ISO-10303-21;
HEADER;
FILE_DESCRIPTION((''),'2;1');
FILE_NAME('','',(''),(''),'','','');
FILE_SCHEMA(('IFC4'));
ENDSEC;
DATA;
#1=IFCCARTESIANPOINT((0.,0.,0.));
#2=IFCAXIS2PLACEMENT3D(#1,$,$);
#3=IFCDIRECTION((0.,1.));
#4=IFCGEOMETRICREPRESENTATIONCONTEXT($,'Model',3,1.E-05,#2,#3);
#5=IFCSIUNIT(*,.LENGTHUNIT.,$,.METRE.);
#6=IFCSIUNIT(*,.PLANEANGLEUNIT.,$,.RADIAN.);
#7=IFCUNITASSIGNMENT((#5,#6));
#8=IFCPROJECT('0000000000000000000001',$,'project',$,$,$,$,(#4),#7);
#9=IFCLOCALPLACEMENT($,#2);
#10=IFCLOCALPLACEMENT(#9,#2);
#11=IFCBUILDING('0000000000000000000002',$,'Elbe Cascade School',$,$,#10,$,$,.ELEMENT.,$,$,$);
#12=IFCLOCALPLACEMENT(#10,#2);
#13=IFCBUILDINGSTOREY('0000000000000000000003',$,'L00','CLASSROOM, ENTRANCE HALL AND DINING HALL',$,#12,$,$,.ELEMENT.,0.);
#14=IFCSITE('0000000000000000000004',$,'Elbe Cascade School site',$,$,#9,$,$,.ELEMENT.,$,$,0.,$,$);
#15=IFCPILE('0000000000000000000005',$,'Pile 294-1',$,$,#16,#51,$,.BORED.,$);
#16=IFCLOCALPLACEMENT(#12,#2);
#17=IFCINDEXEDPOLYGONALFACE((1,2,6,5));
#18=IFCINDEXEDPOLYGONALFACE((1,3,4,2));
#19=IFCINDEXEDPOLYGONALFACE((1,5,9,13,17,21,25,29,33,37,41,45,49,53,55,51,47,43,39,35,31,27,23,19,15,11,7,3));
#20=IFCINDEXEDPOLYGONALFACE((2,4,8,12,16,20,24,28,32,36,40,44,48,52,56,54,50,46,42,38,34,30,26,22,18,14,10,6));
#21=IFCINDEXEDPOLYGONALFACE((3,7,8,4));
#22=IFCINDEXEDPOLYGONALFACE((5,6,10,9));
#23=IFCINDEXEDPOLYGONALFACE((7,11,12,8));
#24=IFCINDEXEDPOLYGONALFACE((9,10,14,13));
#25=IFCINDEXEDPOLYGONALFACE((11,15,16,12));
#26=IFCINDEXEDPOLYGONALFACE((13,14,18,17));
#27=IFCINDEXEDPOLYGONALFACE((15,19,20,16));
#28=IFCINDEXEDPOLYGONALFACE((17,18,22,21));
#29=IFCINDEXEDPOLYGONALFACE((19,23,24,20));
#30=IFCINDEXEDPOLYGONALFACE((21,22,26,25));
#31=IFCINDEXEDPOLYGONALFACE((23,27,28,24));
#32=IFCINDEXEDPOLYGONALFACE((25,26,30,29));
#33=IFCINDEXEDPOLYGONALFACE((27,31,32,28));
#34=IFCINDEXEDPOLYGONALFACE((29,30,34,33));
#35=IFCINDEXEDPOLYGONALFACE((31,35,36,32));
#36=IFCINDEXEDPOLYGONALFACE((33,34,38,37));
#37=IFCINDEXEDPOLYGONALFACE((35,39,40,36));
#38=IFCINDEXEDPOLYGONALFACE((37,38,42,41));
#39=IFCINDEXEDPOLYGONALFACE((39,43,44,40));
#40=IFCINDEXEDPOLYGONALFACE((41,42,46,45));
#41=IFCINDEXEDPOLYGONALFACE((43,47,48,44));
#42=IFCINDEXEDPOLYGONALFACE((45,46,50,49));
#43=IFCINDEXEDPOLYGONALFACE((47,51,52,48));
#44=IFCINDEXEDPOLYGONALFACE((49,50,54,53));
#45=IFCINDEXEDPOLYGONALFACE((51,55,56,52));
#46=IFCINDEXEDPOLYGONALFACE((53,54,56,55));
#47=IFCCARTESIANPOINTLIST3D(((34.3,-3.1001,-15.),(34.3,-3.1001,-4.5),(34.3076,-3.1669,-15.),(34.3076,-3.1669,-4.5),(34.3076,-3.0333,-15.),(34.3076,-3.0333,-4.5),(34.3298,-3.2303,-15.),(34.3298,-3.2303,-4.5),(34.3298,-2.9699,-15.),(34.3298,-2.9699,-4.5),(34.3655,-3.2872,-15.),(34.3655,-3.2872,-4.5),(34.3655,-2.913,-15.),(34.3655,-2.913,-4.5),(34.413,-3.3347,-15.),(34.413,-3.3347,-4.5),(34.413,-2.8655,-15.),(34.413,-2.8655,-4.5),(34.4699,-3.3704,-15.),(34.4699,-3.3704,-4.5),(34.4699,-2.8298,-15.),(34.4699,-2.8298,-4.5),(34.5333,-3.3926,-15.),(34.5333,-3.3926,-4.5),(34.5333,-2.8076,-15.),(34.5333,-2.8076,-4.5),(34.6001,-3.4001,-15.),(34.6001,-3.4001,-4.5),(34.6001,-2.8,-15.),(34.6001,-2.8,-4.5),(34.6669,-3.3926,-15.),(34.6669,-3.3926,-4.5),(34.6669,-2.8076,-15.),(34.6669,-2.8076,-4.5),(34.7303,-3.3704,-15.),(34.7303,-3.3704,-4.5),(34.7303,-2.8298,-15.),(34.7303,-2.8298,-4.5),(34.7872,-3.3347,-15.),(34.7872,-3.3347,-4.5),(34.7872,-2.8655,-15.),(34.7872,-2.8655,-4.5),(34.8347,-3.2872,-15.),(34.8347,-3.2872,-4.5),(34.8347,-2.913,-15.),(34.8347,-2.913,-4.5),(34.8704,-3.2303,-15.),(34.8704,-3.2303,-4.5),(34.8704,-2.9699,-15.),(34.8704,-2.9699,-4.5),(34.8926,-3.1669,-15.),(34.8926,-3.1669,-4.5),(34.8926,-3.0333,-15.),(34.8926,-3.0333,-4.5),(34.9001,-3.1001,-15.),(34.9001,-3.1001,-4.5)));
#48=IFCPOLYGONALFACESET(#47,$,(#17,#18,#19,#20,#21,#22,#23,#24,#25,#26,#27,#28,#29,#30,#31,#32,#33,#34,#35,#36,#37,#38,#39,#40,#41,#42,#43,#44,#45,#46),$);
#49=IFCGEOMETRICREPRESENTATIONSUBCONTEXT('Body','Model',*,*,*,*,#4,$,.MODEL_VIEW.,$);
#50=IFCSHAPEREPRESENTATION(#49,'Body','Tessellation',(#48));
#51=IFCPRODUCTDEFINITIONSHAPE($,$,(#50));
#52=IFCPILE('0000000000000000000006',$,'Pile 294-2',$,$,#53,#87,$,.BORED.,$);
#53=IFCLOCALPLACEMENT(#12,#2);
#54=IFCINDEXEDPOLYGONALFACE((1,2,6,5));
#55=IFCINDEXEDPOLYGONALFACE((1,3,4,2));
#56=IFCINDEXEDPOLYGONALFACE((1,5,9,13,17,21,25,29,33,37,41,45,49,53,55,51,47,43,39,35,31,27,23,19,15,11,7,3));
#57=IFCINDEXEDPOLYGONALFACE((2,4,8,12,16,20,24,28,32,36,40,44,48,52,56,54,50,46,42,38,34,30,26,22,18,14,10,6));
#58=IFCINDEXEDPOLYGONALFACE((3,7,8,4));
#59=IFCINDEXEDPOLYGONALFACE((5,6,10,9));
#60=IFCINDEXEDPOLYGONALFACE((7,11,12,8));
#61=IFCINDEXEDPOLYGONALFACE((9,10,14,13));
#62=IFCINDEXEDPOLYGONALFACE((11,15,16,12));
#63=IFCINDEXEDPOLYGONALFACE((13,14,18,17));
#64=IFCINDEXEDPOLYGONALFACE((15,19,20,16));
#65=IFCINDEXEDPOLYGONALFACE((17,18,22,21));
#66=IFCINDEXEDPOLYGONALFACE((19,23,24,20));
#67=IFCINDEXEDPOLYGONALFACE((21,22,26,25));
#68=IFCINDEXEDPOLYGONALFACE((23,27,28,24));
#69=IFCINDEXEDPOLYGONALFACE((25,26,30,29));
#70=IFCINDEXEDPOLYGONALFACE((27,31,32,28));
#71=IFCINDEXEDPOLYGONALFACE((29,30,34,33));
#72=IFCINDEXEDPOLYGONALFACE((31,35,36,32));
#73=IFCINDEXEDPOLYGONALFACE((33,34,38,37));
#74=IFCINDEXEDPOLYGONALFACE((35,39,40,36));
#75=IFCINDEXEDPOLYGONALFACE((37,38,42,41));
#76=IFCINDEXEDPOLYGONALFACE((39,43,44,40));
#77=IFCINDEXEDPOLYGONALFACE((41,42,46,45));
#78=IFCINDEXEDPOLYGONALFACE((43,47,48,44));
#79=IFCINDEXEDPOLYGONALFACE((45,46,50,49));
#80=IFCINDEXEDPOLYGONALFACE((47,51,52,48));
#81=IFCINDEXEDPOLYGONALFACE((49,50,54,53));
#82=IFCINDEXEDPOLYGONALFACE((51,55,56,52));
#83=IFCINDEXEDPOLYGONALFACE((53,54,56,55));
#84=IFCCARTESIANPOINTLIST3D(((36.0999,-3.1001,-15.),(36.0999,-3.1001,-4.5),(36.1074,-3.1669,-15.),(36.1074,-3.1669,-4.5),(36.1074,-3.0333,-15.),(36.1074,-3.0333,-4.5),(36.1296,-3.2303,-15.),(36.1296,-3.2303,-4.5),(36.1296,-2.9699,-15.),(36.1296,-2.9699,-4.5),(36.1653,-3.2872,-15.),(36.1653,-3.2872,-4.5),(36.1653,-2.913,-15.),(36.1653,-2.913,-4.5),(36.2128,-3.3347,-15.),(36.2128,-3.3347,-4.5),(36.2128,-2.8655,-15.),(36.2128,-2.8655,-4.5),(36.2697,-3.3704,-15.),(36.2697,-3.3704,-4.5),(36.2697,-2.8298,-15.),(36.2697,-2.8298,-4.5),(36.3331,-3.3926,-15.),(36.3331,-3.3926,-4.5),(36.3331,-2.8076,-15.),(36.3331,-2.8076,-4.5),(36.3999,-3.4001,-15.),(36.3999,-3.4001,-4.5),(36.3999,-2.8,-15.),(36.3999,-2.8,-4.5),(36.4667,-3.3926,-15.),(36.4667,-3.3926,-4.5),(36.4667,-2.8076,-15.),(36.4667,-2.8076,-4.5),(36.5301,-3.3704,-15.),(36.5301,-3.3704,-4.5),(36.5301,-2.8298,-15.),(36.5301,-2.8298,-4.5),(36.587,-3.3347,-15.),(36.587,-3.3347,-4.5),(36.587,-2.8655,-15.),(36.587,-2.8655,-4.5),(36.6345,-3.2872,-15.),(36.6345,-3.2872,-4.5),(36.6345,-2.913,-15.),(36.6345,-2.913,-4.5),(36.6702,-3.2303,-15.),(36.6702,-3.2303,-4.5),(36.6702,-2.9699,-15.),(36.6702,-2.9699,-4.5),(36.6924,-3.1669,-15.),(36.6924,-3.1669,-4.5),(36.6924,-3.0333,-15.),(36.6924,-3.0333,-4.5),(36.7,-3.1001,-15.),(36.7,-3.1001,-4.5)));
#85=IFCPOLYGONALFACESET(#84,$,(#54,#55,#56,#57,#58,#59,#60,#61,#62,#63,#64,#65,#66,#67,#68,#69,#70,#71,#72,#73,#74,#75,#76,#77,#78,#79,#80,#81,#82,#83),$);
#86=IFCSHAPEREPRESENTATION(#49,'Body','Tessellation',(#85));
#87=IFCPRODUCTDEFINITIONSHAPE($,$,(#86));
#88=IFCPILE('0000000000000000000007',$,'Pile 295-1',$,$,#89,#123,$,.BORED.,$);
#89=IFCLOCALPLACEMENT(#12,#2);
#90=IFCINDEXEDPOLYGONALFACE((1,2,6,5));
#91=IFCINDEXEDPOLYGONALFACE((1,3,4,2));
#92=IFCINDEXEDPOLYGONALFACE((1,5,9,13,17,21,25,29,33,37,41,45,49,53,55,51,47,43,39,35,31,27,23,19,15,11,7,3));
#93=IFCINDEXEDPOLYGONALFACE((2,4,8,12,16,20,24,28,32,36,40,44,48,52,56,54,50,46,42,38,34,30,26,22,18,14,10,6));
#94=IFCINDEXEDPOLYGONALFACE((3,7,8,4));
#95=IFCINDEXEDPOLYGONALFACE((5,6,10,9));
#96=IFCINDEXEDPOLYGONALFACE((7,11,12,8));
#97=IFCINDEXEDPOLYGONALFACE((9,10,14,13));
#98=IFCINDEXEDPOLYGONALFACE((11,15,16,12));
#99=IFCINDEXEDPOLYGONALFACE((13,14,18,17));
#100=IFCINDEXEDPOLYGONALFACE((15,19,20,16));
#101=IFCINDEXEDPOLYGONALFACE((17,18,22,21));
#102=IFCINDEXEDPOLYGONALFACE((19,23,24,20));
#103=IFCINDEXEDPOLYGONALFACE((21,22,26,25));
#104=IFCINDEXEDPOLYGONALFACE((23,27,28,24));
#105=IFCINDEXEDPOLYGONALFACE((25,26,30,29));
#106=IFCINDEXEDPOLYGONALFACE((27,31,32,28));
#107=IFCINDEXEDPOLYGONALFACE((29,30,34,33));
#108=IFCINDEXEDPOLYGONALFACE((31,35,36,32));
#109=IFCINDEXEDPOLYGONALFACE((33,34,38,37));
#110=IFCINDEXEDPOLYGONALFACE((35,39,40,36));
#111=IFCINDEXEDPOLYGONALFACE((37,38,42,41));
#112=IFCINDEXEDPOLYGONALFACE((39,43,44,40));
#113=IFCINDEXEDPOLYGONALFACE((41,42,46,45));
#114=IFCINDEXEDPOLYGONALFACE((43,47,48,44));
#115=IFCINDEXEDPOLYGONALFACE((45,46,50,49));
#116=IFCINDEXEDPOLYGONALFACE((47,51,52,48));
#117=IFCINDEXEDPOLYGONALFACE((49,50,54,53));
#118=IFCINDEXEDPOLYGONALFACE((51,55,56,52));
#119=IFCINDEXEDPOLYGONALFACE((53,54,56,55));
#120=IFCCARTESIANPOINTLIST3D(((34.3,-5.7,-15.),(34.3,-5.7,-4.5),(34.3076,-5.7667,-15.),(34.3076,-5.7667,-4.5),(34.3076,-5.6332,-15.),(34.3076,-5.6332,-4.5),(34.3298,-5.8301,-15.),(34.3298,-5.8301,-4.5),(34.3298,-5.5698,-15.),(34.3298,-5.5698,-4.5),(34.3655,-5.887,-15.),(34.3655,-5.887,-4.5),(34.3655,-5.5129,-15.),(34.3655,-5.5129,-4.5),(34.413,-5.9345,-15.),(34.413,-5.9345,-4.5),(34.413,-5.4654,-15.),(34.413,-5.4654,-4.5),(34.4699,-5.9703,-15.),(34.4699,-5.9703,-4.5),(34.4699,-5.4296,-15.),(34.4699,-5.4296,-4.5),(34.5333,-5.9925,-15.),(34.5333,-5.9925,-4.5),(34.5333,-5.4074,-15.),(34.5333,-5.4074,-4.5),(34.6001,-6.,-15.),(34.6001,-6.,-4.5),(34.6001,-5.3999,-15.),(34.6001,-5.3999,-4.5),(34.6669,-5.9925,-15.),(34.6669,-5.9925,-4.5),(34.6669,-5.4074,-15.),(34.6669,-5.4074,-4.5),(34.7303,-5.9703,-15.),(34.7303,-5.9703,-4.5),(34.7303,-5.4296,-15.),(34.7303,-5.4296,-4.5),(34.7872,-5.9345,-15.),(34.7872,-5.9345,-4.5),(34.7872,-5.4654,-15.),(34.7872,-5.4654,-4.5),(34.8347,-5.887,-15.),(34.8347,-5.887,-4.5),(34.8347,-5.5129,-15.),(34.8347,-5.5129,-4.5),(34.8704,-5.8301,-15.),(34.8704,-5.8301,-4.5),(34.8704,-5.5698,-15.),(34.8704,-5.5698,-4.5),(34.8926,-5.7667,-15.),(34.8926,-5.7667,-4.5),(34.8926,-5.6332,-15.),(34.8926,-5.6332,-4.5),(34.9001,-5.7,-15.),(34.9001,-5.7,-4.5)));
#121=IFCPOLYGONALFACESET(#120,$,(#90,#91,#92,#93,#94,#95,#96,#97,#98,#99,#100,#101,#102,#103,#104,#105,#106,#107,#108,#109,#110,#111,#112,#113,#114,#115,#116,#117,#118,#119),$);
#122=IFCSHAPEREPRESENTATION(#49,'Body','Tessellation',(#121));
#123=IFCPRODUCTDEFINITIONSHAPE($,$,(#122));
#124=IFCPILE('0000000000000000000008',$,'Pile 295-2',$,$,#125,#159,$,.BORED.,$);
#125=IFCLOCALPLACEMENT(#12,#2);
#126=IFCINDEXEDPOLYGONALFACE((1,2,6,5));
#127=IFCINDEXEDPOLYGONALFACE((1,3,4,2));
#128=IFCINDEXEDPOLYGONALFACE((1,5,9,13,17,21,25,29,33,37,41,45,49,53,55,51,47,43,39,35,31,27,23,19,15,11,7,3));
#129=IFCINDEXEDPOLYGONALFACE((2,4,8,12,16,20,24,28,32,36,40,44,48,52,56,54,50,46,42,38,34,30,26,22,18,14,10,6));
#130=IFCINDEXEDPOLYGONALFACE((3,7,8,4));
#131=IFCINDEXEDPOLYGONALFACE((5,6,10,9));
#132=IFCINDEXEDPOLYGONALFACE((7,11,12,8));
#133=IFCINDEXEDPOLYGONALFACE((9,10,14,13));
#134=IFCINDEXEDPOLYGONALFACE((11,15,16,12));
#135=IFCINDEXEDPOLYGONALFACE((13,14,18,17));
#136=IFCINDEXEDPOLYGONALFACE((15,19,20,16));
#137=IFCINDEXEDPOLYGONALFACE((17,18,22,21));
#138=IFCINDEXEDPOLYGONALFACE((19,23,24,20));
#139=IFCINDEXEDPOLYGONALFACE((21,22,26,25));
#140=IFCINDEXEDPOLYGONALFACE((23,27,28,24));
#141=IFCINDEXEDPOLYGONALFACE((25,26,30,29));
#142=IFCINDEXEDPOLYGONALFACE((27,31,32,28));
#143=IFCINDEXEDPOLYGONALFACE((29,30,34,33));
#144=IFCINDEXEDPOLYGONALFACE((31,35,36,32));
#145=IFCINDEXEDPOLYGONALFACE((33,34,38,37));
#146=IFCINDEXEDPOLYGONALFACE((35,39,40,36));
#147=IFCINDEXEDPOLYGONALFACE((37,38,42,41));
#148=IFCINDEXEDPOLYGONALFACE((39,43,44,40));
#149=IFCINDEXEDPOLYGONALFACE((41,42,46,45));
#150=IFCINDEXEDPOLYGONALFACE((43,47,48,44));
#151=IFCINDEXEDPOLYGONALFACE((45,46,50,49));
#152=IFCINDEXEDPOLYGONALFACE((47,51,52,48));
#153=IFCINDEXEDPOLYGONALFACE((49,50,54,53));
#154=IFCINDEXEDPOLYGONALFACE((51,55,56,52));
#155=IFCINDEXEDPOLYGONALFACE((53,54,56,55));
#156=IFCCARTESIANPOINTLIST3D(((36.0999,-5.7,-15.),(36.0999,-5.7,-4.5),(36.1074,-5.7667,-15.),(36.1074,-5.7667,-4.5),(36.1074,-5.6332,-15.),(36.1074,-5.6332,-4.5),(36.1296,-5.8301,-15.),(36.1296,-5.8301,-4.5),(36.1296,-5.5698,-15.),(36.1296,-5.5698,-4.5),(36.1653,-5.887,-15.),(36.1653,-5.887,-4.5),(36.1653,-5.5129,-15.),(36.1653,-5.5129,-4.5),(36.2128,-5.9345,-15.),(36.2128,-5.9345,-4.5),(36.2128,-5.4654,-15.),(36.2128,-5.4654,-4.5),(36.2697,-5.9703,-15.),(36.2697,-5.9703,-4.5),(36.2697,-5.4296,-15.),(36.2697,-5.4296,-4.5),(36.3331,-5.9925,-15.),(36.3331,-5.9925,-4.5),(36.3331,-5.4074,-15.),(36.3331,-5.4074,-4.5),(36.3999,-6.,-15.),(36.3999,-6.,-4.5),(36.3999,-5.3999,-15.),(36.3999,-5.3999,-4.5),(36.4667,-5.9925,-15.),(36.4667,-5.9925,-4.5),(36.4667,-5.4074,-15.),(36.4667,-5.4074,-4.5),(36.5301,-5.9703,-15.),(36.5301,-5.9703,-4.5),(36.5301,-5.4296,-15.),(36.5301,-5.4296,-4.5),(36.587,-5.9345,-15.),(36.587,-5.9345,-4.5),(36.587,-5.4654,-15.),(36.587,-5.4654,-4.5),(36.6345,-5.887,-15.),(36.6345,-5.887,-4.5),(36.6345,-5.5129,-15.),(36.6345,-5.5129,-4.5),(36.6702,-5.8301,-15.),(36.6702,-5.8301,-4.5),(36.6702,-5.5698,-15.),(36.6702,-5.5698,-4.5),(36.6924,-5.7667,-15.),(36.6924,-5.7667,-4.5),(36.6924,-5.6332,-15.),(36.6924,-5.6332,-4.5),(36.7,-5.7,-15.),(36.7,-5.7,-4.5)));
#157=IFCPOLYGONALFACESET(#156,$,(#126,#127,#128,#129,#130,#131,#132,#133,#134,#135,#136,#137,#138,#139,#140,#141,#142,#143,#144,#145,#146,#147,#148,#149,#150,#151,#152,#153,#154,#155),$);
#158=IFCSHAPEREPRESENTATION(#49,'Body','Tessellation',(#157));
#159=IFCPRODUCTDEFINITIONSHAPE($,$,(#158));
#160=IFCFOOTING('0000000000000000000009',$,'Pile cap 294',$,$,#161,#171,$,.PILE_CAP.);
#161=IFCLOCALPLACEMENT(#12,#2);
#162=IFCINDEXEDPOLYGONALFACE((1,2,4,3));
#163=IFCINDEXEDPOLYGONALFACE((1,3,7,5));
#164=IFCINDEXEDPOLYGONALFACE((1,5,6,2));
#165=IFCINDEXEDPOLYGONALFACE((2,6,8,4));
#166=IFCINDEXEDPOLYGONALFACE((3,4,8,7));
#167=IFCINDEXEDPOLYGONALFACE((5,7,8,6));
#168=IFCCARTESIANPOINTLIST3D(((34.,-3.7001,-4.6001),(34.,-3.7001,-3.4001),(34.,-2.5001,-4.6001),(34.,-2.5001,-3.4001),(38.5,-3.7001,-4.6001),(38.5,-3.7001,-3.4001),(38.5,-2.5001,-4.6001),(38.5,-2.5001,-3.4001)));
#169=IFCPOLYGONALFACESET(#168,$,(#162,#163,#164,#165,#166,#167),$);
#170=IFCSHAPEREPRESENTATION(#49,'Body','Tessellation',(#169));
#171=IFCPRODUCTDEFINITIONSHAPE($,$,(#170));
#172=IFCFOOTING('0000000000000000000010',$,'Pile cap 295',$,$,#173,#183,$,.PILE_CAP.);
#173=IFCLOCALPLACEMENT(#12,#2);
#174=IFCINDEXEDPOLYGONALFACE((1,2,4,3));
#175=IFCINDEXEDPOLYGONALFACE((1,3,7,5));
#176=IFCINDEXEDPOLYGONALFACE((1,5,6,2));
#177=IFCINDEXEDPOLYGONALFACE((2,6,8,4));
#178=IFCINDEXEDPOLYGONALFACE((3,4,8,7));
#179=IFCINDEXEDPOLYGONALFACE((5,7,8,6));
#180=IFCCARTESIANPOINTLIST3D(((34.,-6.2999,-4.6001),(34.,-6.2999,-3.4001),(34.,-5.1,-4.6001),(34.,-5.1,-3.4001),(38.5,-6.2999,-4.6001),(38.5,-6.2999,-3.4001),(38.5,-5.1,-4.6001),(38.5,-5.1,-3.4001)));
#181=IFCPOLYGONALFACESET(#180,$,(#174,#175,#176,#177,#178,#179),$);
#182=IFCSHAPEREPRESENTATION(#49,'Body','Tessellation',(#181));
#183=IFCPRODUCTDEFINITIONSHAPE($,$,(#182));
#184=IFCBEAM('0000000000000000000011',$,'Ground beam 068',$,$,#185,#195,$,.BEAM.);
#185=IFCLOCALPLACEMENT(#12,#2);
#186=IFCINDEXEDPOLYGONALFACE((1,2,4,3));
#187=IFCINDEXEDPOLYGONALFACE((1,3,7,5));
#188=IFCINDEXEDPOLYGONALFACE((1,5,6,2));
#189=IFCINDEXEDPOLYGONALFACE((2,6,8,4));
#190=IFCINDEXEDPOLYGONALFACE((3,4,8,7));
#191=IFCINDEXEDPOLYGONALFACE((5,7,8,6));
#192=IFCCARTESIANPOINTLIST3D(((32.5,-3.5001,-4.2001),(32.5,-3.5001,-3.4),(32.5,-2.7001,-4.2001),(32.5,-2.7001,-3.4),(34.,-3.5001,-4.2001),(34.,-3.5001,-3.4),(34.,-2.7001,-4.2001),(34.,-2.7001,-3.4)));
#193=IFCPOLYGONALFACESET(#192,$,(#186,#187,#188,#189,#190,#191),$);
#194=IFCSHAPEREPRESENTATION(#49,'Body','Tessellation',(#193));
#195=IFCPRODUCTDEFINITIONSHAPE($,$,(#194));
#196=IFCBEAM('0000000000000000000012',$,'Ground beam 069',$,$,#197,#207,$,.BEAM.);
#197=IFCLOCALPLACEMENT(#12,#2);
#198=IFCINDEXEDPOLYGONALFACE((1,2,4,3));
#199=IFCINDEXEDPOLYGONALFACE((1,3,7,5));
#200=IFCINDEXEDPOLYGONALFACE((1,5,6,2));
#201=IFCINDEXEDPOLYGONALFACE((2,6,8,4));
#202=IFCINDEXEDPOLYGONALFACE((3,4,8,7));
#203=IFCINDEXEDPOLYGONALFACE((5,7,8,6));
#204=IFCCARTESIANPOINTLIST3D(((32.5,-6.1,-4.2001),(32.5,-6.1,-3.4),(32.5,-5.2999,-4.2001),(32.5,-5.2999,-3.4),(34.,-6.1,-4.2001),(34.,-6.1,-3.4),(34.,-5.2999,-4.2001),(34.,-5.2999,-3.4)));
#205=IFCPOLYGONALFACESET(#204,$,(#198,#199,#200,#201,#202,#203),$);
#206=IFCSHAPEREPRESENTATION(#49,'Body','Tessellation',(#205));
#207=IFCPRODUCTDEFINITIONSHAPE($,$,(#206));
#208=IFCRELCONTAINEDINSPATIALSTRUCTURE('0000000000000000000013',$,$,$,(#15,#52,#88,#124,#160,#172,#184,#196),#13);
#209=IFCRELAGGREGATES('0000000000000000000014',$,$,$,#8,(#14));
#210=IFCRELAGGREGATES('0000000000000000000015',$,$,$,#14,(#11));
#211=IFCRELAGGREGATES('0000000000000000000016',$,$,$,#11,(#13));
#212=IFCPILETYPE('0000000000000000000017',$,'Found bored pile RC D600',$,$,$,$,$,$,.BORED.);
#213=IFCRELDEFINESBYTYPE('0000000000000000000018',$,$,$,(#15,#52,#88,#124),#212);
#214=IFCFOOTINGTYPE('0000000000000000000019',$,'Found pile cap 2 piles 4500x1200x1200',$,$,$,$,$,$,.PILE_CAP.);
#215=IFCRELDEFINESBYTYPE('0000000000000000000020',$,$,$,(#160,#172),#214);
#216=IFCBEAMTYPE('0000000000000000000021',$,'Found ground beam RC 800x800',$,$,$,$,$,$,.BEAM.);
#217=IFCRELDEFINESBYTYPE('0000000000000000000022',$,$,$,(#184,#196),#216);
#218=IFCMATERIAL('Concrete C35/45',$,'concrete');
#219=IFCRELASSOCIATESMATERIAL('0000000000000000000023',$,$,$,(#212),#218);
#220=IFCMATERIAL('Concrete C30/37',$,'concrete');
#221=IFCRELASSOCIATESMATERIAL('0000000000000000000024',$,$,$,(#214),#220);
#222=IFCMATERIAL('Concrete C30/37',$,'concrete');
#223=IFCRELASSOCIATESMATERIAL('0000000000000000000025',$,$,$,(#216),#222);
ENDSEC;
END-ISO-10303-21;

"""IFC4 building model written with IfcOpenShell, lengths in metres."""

from ifc_helpers import new_model, si_unit, direction, frame, origin, origin_2d, place, context, subcontext, project, spatial, rectangle, circle, extrude, material, material_profile, profile_set, type_object, element, save


model = new_model("IFC4")

# Units and contexts
model_context = context("Model", 3, precision=1e-05, world=origin(), true_north=direction((0.0, 1.0)))
body_context = subcontext(model_context, "Body", "Model", "MODEL_VIEW")
ifc_project = project(units=[si_unit("LENGTHUNIT", "METRE"), si_unit("PLANEANGLEUNIT", "RADIAN")], contexts=[model_context])

# Site, building, storey
site_placement = place(None, origin())
site = spatial("IfcSite", under=ifc_project, at=site_placement, Name="Elbe Cascade School site", CompositionType="ELEMENT", RefElevation=0.0)
building_placement = place(site_placement, origin())
building = spatial("IfcBuilding", under=site, at=building_placement, Name="Elbe Cascade School", CompositionType="ELEMENT")
storey_placement = place(building_placement, origin())
storey = spatial("IfcBuildingStorey", under=building, at=storey_placement, Name="L00", Description="CLASSROOM, ENTRANCE HALL AND DINING HALL", CompositionType="ELEMENT", Elevation=0.0)

# Piles
ifc_material_1 = material(Name="Concrete C35/45", Category="concrete")
ifc_material_profile_1 = material_profile(ifc_material_1, circle(Radius=0.3, at=origin_2d()), Name="RC D600")
ifc_profile_set_1 = profile_set([ifc_material_profile_1], Name="Concrete C35/45")
pile_type = type_object("IfcPileType", Name="Found bored pile RC D600", PredefinedType="BORED", material=ifc_profile_set_1)
for number, where, z_axis, x_axis, name in (
    (1, (34.6001, -3.1001, -4.5), (0.0, 0.0, -1.0), (1.0, 0.0, 0.0), "Pile 294-1"),
    (2, (36.3999, -3.1001, -4.5), (0.0, 0.0, -1.0), (1.0, 0.0, 0.0), "Pile 294-2"),
    (3, (34.6001, -5.7, -4.5), (0.0, 0.0, -1.0), (1.0, 0.0, 0.0), "Pile 295-1"),
    (4, (36.3999, -5.7, -4.5), (0.0, 0.0, -1.0), (1.0, 0.0, 0.0), "Pile 295-2"),
):
    element("IfcPile", number, at=place(storey_placement, frame(where, z_axis=z_axis, x_axis=x_axis)), inside=storey, type_object=pile_type, Name=name, PredefinedType="BORED", context=body_context, shape_type="SweptSolid", body=[
        extrude(circle(Radius=0.3, at=origin_2d()), origin(), (0.0, 0.0, 1.0), 10.5),
    ])

# Footings
ifc_material_2 = material(Name="Concrete C30/37", Category="concrete")
footing_type = type_object("IfcFootingType", Name="Found pile cap 2 piles 4500x1200x1200", PredefinedType="PILE_CAP", material=ifc_material_2)
for number, where, z_axis, x_axis, name in (
    (5, (36.25, -3.1001, -4.6001), (0.0, 0.0, 1.0), (1.0, 0.0, 0.0), "Pile cap 294"),
    (6, (36.25, -5.7, -4.6001), (0.0, 0.0, 1.0), (1.0, 0.0, 0.0), "Pile cap 295"),
):
    element("IfcFooting", number, at=place(storey_placement, frame(where, z_axis=z_axis, x_axis=x_axis)), inside=storey, type_object=footing_type, Name=name, PredefinedType="PILE_CAP", context=body_context, shape_type="SweptSolid", body=[
        extrude(rectangle(XDim=4.5, YDim=1.2, at=origin_2d()), origin(), (0.0, 0.0, 1.0), 1.2),
    ])

# Beams
ifc_material_3 = material(Name="Concrete C30/37", Category="concrete")
ifc_material_profile_2 = material_profile(ifc_material_3, rectangle(XDim=0.8, YDim=0.8, at=origin_2d()), Name="RC 800x800")
ifc_profile_set_2 = profile_set([ifc_material_profile_2], Name="Concrete C30/37")
beam_type = type_object("IfcBeamType", Name="Found ground beam RC 800x800", PredefinedType="BEAM", material=ifc_profile_set_2)
for number, where, z_axis, x_axis, name in (
    (7, (32.5, -3.1001, -3.8), (1.0, 0.0, 0.0), (0.0, 1.0, 0.0), "Ground beam 068"),
    (8, (32.5, -5.7, -3.8), (1.0, 0.0, 0.0), (0.0, 1.0, 0.0), "Ground beam 069"),
):
    element("IfcBeam", number, at=place(storey_placement, frame(where, z_axis=z_axis, x_axis=x_axis)), inside=storey, type_object=beam_type, Name=name, PredefinedType="BEAM", context=body_context, shape_type="SweptSolid", body=[
        extrude(rectangle(XDim=0.8, YDim=0.8, at=origin_2d()), origin(), (0.0, 0.0, 1.0), 1.5),
    ])

save(model, "model.ifc")
